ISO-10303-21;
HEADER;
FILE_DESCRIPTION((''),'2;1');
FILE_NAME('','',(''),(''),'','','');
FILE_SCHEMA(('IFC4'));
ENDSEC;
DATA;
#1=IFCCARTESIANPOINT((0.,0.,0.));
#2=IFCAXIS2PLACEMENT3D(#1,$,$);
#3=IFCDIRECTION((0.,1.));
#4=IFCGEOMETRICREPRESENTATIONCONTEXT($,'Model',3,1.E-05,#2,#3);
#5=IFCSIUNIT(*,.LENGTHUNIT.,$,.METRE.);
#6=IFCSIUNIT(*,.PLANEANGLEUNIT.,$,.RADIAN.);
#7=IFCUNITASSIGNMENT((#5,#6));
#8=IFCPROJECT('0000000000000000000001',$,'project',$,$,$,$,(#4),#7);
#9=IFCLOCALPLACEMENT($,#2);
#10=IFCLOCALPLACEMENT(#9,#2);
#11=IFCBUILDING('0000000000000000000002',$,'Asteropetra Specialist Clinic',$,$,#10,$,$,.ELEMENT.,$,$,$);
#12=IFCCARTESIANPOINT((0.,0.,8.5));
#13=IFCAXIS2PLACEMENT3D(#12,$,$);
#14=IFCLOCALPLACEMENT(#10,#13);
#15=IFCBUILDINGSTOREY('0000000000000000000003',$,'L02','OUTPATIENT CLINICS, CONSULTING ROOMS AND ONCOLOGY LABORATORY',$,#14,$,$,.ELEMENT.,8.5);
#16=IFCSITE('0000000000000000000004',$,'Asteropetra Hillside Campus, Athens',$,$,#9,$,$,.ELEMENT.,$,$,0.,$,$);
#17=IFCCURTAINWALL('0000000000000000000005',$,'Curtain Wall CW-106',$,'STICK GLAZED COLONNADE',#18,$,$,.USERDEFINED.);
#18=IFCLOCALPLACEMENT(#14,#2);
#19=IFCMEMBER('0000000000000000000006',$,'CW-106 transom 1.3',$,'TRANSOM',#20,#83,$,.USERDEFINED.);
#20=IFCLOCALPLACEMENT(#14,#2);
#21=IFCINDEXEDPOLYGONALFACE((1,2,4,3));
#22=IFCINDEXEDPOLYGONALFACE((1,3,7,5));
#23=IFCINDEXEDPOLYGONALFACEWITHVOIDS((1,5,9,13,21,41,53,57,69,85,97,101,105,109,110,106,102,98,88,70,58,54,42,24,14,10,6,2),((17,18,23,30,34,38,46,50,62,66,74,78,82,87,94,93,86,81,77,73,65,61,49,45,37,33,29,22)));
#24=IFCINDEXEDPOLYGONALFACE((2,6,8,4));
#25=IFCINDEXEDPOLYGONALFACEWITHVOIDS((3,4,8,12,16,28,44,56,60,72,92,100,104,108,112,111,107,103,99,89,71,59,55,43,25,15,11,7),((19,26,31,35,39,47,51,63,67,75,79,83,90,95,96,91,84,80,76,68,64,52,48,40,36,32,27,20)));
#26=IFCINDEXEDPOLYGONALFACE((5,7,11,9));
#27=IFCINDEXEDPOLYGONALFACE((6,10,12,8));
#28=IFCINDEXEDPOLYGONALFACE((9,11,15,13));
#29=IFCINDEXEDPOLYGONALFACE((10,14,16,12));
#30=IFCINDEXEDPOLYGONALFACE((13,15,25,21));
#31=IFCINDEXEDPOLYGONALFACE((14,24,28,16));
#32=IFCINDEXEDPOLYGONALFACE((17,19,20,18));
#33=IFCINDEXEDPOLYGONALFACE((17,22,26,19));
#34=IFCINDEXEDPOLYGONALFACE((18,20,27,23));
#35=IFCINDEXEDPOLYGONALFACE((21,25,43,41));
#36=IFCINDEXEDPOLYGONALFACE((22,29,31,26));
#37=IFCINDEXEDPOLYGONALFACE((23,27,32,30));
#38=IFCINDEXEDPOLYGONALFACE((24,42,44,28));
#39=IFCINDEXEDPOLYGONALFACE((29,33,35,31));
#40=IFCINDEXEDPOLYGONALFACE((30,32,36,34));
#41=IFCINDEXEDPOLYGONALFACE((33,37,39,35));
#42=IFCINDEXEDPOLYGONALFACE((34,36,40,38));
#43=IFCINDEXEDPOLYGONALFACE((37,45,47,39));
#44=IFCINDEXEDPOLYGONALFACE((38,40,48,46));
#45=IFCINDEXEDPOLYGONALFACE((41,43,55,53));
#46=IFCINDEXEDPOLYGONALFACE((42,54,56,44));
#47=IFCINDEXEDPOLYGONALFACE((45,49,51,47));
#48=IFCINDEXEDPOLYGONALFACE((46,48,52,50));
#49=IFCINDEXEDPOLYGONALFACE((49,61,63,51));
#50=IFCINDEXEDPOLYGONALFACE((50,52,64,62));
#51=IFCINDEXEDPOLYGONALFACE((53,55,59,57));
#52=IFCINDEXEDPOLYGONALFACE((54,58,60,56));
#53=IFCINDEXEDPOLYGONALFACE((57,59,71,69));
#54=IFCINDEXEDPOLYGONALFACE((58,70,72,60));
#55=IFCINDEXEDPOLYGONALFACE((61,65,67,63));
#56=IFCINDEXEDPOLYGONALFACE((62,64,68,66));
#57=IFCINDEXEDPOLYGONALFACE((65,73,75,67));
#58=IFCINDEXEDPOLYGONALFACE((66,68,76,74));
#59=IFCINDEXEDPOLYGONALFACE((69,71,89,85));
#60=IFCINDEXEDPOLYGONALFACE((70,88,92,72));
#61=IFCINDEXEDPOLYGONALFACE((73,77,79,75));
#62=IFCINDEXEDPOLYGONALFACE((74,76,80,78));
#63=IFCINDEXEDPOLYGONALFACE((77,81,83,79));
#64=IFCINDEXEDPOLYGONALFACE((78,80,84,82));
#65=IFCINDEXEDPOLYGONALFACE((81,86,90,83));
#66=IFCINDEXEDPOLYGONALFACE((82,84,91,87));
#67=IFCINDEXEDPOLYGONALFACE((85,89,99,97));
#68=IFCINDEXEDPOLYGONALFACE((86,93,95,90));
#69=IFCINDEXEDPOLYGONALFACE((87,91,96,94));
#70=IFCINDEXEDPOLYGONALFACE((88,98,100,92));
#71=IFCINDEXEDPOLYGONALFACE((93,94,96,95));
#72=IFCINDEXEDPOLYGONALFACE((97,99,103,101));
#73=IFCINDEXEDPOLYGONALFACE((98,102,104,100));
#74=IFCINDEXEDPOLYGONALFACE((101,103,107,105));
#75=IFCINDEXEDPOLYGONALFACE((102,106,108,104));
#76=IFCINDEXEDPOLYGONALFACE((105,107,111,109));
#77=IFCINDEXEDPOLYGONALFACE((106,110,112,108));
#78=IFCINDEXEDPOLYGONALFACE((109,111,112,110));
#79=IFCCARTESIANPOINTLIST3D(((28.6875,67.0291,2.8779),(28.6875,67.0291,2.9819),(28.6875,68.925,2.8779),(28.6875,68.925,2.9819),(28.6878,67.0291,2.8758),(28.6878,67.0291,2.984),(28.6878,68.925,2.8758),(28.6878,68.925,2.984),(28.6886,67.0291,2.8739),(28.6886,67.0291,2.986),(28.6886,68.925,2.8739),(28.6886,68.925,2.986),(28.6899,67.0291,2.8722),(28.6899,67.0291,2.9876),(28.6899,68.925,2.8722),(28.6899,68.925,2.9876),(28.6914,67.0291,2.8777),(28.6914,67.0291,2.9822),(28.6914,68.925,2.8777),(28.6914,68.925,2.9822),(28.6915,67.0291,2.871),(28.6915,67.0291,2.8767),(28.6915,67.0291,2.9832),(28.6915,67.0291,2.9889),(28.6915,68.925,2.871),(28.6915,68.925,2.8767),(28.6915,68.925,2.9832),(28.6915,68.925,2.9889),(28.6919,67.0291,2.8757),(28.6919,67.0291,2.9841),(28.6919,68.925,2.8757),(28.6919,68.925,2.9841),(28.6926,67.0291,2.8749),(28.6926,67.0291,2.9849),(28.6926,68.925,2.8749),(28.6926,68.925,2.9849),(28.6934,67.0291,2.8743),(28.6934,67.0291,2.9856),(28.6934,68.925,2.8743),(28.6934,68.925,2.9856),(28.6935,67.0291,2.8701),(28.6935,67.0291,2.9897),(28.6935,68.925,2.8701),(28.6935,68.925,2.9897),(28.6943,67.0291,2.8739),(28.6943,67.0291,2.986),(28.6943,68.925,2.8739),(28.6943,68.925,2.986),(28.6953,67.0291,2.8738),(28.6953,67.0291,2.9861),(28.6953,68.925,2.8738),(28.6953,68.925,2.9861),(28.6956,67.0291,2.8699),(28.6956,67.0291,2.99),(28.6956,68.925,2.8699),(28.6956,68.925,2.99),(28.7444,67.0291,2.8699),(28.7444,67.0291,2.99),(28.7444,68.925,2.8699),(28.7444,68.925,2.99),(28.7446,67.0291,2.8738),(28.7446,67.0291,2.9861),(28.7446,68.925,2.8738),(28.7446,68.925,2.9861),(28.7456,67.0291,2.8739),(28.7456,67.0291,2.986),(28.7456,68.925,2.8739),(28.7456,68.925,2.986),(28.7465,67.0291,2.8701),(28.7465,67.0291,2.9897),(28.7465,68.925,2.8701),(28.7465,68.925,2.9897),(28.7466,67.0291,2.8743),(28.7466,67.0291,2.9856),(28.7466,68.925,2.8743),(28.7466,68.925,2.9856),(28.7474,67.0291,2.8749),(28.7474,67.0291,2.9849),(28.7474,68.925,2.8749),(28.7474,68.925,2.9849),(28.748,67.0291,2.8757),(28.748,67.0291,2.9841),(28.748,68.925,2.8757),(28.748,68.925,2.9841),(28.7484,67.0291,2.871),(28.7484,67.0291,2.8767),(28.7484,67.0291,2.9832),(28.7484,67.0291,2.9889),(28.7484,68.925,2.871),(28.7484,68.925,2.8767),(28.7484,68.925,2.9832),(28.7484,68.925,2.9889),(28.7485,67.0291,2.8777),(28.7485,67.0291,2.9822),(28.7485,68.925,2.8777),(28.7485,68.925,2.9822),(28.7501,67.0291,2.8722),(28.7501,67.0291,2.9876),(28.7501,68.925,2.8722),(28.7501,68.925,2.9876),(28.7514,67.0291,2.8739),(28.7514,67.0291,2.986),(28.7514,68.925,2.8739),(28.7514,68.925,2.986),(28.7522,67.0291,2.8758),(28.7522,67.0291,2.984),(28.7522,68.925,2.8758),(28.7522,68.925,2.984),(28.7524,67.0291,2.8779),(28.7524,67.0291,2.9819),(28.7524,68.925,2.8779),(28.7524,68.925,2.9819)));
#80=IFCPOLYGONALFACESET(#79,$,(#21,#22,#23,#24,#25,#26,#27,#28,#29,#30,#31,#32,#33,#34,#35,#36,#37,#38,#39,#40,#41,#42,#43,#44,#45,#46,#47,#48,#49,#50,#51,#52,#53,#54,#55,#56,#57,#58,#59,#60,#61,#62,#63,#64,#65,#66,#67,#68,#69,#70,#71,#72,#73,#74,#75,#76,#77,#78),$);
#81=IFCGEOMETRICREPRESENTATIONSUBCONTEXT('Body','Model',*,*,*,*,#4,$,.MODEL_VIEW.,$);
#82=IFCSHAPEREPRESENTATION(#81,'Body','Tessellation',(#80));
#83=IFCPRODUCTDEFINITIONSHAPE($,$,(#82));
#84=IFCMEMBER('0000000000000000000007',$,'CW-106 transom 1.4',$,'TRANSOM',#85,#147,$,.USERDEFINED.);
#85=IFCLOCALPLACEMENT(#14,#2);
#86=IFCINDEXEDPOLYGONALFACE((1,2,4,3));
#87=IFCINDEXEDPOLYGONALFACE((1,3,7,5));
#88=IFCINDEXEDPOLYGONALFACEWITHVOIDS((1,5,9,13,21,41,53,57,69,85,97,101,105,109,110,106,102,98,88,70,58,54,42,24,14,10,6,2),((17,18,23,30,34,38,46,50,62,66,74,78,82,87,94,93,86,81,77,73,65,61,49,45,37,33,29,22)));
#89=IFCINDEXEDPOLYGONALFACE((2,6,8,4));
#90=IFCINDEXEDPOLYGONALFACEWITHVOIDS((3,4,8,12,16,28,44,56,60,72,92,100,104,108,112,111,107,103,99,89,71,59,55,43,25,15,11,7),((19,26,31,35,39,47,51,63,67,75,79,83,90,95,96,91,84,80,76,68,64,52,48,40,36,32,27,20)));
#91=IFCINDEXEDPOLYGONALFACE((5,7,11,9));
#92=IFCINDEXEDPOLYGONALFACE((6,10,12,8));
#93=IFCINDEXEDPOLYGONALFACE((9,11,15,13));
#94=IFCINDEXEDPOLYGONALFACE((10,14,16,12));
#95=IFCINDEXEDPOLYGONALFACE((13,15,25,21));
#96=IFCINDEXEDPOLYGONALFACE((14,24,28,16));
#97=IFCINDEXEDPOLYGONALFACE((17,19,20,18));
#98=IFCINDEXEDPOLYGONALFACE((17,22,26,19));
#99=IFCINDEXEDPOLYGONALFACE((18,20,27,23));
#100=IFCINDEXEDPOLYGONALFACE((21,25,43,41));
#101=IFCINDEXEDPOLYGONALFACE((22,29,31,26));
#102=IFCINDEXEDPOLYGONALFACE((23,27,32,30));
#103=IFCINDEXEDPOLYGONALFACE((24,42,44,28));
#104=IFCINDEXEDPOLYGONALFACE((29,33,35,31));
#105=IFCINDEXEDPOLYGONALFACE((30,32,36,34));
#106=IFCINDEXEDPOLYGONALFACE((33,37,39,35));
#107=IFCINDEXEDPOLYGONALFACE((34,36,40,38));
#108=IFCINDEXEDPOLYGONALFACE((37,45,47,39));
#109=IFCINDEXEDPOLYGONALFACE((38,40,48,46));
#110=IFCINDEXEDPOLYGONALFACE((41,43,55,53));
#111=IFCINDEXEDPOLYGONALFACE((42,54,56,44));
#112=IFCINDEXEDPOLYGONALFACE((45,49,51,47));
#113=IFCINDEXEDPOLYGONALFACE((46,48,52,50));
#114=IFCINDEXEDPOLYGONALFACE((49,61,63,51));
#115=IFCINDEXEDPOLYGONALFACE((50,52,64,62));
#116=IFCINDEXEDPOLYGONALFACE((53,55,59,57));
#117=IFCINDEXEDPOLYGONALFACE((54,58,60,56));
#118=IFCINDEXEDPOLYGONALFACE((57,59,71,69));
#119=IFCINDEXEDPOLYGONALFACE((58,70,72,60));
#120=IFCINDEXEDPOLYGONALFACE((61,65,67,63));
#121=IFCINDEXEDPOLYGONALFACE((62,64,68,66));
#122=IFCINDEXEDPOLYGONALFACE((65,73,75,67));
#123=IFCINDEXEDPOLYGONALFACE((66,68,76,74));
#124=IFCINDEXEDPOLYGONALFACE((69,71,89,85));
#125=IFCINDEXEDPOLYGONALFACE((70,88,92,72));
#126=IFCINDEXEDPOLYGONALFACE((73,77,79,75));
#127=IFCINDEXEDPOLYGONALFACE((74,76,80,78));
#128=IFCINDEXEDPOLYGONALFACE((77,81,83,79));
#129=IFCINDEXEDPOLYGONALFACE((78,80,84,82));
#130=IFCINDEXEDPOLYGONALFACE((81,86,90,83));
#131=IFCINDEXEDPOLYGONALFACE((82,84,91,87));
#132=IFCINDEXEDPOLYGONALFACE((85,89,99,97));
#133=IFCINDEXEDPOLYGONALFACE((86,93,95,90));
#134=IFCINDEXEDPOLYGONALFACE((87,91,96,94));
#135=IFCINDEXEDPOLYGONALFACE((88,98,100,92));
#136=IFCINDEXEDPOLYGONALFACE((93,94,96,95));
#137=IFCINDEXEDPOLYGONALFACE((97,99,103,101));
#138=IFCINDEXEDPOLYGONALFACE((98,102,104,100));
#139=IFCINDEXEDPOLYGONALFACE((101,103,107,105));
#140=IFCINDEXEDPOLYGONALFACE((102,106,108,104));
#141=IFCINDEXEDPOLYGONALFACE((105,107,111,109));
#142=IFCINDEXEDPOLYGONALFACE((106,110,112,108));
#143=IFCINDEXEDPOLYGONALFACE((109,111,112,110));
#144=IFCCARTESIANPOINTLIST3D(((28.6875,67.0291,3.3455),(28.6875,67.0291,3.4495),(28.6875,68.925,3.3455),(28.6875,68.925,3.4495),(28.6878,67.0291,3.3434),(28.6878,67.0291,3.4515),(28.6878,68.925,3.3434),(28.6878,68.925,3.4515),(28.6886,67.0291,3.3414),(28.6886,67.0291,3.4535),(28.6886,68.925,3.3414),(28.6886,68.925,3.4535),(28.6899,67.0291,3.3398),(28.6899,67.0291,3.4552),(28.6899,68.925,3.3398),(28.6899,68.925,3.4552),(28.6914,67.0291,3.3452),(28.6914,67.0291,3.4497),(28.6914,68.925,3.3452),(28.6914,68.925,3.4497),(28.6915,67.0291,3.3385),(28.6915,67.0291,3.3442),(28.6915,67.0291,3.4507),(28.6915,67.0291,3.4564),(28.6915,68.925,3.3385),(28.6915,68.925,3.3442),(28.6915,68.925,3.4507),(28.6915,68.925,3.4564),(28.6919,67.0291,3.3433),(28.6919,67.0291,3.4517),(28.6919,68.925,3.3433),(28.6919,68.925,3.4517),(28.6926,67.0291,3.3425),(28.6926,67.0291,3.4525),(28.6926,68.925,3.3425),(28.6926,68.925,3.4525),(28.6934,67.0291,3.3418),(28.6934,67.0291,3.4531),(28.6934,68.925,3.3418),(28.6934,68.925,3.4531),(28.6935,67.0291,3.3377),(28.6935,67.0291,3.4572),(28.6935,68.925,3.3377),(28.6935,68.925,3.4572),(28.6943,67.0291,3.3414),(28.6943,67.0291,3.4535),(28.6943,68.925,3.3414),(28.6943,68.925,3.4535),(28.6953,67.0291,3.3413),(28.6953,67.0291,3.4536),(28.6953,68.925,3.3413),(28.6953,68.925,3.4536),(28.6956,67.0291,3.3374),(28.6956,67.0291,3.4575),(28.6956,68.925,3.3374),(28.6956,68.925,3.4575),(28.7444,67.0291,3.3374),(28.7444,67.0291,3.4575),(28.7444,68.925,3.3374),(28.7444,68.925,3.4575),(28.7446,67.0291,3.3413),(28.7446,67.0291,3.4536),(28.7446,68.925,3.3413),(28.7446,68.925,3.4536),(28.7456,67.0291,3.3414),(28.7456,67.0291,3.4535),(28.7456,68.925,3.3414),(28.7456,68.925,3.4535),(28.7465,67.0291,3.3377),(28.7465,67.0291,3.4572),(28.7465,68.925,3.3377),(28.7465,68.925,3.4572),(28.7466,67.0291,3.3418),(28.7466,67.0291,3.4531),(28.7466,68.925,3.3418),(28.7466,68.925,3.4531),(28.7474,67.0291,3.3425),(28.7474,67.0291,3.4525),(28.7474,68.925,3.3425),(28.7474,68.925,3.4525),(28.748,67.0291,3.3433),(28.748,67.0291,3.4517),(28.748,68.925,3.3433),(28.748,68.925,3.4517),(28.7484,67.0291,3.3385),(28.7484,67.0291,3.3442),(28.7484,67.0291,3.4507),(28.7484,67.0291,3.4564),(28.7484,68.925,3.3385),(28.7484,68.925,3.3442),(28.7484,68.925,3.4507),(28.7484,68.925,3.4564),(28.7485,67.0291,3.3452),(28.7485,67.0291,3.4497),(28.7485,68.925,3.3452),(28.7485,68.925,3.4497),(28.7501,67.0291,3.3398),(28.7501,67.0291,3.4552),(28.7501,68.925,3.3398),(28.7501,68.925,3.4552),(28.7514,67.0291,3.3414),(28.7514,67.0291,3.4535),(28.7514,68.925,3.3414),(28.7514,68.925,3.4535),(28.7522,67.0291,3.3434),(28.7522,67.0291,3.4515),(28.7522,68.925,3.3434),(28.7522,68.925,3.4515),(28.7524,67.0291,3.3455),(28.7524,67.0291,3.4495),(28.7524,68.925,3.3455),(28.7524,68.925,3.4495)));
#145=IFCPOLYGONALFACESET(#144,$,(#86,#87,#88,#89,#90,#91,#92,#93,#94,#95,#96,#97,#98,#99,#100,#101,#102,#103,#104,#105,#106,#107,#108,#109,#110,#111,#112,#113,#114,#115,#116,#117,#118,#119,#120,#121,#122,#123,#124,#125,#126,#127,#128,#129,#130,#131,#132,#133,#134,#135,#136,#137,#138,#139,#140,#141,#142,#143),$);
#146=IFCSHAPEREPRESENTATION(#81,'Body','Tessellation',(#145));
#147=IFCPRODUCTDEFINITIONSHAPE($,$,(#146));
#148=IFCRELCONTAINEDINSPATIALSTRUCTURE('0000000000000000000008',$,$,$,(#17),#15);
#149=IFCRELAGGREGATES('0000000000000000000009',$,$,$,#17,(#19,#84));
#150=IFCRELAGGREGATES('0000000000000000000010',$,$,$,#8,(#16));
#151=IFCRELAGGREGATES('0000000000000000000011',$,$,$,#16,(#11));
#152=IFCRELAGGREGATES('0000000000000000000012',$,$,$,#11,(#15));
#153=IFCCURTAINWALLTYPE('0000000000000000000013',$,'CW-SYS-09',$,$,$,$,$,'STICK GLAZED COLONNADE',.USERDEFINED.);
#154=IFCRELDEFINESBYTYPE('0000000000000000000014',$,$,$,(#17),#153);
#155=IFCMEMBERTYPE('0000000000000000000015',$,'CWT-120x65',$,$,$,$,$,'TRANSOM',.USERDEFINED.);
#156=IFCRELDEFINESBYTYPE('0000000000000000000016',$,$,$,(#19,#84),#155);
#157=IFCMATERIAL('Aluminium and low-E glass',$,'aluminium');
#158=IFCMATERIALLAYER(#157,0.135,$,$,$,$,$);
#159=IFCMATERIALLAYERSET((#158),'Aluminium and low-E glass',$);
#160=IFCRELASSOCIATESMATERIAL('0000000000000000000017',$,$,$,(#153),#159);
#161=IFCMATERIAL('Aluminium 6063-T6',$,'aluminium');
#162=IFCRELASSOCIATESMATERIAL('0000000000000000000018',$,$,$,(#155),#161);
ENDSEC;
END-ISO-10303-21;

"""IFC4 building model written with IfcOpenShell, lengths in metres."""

from ifc_helpers import new_model, si_unit, direction, frame, origin, origin_2d, place, context, subcontext, project, spatial, hollow_rectangle, extrude, material, layer, layer_set, material_profile, profile_set, type_object, element, aggregate, save


model = new_model("IFC4")

# Units and contexts
model_context = context("Model", 3, precision=1e-05, world=origin(), true_north=direction((0.0, 1.0)))
body_context = subcontext(model_context, "Body", "Model", "MODEL_VIEW")
ifc_project = project(units=[si_unit("LENGTHUNIT", "METRE"), si_unit("PLANEANGLEUNIT", "RADIAN")], contexts=[model_context])

# Site, building, storey
site_placement = place(None, origin())
site = spatial("IfcSite", under=ifc_project, at=site_placement, Name="Asteropetra Hillside Campus, Athens", CompositionType="ELEMENT", RefElevation=0.0)
building_placement = place(site_placement, origin())
building = spatial("IfcBuilding", under=site, at=building_placement, Name="Asteropetra Specialist Clinic", CompositionType="ELEMENT")
storey_placement = place(building_placement, frame((0.0, 0.0, 8.5)))
storey = spatial("IfcBuildingStorey", under=building, at=storey_placement, Name="L02", Description="OUTPATIENT CLINICS, CONSULTING ROOMS AND ONCOLOGY LABORATORY", CompositionType="ELEMENT", Elevation=8.5)

# Curtain wall, members
ifc_material_1 = material(Name="Aluminium and low-E glass", Category="aluminium")
ifc_layer_1 = layer(ifc_material_1, 0.135)
ifc_layer_set_1 = layer_set([ifc_layer_1], Name="Aluminium and low-E glass")
curtain_wall_type = type_object("IfcCurtainWallType", Name="CW-SYS-09", ElementType="STICK GLAZED COLONNADE", PredefinedType="USERDEFINED", material=ifc_layer_set_1)
curtain_wall_placement = place(storey_placement, origin())
curtain_wall = element("IfcCurtainWall", 1, at=curtain_wall_placement, inside=storey, type_object=curtain_wall_type, Name="Curtain Wall CW-106", ObjectType="STICK GLAZED COLONNADE", PredefinedType="USERDEFINED")
ifc_material_2 = material(Name="Aluminium 6063-T6", Category="aluminium")
ifc_material_profile_1 = material_profile(ifc_material_2, hollow_rectangle(XDim=0.0649, YDim=0.1201, WallThickness=0.0039, InnerFilletRadius=0.0039, OuterFilletRadius=0.0081, at=origin_2d()), Name="TRN 120x65x4.0")
ifc_profile_set_1 = profile_set([ifc_material_profile_1], Name="Aluminium 6063-T6")
member_type_1 = type_object("IfcMemberType", Name="CWT-120x65", ElementType="TRANSOM", PredefinedType="USERDEFINED", material=ifc_profile_set_1)
member_1_placement = place(storey_placement, frame((28.72, 68.925, 2.9299), z_axis=(0.0, -1.0, 0.0), x_axis=(1.0, 0.0, 0.0)))
member_1 = element("IfcMember", 2, at=member_1_placement, type_object=member_type_1, Name="CW-106 transom 1.3", ObjectType="TRANSOM", PredefinedType="USERDEFINED", context=body_context, shape_type="SweptSolid", body=[
    extrude(hollow_rectangle(XDim=0.0649, YDim=0.1201, WallThickness=0.0039, InnerFilletRadius=0.0039, OuterFilletRadius=0.0081, at=origin_2d()), origin(), (0.0, 0.0, 1.0), 1.896),
])
member_2_placement = place(storey_placement, frame((28.72, 68.925, 3.3975), z_axis=(0.0, -1.0, 0.0), x_axis=(1.0, 0.0, 0.0)))
member_2 = element("IfcMember", 3, at=member_2_placement, type_object=member_type_1, Name="CW-106 transom 1.4", ObjectType="TRANSOM", PredefinedType="USERDEFINED", context=body_context, shape_type="SweptSolid", body=[
    extrude(hollow_rectangle(XDim=0.0649, YDim=0.1201, WallThickness=0.0039, InnerFilletRadius=0.0039, OuterFilletRadius=0.0081, at=origin_2d()), origin(), (0.0, 0.0, 1.0), 1.896),
])

aggregate(curtain_wall, [member_1, member_2])

save(model, "model.ifc")
